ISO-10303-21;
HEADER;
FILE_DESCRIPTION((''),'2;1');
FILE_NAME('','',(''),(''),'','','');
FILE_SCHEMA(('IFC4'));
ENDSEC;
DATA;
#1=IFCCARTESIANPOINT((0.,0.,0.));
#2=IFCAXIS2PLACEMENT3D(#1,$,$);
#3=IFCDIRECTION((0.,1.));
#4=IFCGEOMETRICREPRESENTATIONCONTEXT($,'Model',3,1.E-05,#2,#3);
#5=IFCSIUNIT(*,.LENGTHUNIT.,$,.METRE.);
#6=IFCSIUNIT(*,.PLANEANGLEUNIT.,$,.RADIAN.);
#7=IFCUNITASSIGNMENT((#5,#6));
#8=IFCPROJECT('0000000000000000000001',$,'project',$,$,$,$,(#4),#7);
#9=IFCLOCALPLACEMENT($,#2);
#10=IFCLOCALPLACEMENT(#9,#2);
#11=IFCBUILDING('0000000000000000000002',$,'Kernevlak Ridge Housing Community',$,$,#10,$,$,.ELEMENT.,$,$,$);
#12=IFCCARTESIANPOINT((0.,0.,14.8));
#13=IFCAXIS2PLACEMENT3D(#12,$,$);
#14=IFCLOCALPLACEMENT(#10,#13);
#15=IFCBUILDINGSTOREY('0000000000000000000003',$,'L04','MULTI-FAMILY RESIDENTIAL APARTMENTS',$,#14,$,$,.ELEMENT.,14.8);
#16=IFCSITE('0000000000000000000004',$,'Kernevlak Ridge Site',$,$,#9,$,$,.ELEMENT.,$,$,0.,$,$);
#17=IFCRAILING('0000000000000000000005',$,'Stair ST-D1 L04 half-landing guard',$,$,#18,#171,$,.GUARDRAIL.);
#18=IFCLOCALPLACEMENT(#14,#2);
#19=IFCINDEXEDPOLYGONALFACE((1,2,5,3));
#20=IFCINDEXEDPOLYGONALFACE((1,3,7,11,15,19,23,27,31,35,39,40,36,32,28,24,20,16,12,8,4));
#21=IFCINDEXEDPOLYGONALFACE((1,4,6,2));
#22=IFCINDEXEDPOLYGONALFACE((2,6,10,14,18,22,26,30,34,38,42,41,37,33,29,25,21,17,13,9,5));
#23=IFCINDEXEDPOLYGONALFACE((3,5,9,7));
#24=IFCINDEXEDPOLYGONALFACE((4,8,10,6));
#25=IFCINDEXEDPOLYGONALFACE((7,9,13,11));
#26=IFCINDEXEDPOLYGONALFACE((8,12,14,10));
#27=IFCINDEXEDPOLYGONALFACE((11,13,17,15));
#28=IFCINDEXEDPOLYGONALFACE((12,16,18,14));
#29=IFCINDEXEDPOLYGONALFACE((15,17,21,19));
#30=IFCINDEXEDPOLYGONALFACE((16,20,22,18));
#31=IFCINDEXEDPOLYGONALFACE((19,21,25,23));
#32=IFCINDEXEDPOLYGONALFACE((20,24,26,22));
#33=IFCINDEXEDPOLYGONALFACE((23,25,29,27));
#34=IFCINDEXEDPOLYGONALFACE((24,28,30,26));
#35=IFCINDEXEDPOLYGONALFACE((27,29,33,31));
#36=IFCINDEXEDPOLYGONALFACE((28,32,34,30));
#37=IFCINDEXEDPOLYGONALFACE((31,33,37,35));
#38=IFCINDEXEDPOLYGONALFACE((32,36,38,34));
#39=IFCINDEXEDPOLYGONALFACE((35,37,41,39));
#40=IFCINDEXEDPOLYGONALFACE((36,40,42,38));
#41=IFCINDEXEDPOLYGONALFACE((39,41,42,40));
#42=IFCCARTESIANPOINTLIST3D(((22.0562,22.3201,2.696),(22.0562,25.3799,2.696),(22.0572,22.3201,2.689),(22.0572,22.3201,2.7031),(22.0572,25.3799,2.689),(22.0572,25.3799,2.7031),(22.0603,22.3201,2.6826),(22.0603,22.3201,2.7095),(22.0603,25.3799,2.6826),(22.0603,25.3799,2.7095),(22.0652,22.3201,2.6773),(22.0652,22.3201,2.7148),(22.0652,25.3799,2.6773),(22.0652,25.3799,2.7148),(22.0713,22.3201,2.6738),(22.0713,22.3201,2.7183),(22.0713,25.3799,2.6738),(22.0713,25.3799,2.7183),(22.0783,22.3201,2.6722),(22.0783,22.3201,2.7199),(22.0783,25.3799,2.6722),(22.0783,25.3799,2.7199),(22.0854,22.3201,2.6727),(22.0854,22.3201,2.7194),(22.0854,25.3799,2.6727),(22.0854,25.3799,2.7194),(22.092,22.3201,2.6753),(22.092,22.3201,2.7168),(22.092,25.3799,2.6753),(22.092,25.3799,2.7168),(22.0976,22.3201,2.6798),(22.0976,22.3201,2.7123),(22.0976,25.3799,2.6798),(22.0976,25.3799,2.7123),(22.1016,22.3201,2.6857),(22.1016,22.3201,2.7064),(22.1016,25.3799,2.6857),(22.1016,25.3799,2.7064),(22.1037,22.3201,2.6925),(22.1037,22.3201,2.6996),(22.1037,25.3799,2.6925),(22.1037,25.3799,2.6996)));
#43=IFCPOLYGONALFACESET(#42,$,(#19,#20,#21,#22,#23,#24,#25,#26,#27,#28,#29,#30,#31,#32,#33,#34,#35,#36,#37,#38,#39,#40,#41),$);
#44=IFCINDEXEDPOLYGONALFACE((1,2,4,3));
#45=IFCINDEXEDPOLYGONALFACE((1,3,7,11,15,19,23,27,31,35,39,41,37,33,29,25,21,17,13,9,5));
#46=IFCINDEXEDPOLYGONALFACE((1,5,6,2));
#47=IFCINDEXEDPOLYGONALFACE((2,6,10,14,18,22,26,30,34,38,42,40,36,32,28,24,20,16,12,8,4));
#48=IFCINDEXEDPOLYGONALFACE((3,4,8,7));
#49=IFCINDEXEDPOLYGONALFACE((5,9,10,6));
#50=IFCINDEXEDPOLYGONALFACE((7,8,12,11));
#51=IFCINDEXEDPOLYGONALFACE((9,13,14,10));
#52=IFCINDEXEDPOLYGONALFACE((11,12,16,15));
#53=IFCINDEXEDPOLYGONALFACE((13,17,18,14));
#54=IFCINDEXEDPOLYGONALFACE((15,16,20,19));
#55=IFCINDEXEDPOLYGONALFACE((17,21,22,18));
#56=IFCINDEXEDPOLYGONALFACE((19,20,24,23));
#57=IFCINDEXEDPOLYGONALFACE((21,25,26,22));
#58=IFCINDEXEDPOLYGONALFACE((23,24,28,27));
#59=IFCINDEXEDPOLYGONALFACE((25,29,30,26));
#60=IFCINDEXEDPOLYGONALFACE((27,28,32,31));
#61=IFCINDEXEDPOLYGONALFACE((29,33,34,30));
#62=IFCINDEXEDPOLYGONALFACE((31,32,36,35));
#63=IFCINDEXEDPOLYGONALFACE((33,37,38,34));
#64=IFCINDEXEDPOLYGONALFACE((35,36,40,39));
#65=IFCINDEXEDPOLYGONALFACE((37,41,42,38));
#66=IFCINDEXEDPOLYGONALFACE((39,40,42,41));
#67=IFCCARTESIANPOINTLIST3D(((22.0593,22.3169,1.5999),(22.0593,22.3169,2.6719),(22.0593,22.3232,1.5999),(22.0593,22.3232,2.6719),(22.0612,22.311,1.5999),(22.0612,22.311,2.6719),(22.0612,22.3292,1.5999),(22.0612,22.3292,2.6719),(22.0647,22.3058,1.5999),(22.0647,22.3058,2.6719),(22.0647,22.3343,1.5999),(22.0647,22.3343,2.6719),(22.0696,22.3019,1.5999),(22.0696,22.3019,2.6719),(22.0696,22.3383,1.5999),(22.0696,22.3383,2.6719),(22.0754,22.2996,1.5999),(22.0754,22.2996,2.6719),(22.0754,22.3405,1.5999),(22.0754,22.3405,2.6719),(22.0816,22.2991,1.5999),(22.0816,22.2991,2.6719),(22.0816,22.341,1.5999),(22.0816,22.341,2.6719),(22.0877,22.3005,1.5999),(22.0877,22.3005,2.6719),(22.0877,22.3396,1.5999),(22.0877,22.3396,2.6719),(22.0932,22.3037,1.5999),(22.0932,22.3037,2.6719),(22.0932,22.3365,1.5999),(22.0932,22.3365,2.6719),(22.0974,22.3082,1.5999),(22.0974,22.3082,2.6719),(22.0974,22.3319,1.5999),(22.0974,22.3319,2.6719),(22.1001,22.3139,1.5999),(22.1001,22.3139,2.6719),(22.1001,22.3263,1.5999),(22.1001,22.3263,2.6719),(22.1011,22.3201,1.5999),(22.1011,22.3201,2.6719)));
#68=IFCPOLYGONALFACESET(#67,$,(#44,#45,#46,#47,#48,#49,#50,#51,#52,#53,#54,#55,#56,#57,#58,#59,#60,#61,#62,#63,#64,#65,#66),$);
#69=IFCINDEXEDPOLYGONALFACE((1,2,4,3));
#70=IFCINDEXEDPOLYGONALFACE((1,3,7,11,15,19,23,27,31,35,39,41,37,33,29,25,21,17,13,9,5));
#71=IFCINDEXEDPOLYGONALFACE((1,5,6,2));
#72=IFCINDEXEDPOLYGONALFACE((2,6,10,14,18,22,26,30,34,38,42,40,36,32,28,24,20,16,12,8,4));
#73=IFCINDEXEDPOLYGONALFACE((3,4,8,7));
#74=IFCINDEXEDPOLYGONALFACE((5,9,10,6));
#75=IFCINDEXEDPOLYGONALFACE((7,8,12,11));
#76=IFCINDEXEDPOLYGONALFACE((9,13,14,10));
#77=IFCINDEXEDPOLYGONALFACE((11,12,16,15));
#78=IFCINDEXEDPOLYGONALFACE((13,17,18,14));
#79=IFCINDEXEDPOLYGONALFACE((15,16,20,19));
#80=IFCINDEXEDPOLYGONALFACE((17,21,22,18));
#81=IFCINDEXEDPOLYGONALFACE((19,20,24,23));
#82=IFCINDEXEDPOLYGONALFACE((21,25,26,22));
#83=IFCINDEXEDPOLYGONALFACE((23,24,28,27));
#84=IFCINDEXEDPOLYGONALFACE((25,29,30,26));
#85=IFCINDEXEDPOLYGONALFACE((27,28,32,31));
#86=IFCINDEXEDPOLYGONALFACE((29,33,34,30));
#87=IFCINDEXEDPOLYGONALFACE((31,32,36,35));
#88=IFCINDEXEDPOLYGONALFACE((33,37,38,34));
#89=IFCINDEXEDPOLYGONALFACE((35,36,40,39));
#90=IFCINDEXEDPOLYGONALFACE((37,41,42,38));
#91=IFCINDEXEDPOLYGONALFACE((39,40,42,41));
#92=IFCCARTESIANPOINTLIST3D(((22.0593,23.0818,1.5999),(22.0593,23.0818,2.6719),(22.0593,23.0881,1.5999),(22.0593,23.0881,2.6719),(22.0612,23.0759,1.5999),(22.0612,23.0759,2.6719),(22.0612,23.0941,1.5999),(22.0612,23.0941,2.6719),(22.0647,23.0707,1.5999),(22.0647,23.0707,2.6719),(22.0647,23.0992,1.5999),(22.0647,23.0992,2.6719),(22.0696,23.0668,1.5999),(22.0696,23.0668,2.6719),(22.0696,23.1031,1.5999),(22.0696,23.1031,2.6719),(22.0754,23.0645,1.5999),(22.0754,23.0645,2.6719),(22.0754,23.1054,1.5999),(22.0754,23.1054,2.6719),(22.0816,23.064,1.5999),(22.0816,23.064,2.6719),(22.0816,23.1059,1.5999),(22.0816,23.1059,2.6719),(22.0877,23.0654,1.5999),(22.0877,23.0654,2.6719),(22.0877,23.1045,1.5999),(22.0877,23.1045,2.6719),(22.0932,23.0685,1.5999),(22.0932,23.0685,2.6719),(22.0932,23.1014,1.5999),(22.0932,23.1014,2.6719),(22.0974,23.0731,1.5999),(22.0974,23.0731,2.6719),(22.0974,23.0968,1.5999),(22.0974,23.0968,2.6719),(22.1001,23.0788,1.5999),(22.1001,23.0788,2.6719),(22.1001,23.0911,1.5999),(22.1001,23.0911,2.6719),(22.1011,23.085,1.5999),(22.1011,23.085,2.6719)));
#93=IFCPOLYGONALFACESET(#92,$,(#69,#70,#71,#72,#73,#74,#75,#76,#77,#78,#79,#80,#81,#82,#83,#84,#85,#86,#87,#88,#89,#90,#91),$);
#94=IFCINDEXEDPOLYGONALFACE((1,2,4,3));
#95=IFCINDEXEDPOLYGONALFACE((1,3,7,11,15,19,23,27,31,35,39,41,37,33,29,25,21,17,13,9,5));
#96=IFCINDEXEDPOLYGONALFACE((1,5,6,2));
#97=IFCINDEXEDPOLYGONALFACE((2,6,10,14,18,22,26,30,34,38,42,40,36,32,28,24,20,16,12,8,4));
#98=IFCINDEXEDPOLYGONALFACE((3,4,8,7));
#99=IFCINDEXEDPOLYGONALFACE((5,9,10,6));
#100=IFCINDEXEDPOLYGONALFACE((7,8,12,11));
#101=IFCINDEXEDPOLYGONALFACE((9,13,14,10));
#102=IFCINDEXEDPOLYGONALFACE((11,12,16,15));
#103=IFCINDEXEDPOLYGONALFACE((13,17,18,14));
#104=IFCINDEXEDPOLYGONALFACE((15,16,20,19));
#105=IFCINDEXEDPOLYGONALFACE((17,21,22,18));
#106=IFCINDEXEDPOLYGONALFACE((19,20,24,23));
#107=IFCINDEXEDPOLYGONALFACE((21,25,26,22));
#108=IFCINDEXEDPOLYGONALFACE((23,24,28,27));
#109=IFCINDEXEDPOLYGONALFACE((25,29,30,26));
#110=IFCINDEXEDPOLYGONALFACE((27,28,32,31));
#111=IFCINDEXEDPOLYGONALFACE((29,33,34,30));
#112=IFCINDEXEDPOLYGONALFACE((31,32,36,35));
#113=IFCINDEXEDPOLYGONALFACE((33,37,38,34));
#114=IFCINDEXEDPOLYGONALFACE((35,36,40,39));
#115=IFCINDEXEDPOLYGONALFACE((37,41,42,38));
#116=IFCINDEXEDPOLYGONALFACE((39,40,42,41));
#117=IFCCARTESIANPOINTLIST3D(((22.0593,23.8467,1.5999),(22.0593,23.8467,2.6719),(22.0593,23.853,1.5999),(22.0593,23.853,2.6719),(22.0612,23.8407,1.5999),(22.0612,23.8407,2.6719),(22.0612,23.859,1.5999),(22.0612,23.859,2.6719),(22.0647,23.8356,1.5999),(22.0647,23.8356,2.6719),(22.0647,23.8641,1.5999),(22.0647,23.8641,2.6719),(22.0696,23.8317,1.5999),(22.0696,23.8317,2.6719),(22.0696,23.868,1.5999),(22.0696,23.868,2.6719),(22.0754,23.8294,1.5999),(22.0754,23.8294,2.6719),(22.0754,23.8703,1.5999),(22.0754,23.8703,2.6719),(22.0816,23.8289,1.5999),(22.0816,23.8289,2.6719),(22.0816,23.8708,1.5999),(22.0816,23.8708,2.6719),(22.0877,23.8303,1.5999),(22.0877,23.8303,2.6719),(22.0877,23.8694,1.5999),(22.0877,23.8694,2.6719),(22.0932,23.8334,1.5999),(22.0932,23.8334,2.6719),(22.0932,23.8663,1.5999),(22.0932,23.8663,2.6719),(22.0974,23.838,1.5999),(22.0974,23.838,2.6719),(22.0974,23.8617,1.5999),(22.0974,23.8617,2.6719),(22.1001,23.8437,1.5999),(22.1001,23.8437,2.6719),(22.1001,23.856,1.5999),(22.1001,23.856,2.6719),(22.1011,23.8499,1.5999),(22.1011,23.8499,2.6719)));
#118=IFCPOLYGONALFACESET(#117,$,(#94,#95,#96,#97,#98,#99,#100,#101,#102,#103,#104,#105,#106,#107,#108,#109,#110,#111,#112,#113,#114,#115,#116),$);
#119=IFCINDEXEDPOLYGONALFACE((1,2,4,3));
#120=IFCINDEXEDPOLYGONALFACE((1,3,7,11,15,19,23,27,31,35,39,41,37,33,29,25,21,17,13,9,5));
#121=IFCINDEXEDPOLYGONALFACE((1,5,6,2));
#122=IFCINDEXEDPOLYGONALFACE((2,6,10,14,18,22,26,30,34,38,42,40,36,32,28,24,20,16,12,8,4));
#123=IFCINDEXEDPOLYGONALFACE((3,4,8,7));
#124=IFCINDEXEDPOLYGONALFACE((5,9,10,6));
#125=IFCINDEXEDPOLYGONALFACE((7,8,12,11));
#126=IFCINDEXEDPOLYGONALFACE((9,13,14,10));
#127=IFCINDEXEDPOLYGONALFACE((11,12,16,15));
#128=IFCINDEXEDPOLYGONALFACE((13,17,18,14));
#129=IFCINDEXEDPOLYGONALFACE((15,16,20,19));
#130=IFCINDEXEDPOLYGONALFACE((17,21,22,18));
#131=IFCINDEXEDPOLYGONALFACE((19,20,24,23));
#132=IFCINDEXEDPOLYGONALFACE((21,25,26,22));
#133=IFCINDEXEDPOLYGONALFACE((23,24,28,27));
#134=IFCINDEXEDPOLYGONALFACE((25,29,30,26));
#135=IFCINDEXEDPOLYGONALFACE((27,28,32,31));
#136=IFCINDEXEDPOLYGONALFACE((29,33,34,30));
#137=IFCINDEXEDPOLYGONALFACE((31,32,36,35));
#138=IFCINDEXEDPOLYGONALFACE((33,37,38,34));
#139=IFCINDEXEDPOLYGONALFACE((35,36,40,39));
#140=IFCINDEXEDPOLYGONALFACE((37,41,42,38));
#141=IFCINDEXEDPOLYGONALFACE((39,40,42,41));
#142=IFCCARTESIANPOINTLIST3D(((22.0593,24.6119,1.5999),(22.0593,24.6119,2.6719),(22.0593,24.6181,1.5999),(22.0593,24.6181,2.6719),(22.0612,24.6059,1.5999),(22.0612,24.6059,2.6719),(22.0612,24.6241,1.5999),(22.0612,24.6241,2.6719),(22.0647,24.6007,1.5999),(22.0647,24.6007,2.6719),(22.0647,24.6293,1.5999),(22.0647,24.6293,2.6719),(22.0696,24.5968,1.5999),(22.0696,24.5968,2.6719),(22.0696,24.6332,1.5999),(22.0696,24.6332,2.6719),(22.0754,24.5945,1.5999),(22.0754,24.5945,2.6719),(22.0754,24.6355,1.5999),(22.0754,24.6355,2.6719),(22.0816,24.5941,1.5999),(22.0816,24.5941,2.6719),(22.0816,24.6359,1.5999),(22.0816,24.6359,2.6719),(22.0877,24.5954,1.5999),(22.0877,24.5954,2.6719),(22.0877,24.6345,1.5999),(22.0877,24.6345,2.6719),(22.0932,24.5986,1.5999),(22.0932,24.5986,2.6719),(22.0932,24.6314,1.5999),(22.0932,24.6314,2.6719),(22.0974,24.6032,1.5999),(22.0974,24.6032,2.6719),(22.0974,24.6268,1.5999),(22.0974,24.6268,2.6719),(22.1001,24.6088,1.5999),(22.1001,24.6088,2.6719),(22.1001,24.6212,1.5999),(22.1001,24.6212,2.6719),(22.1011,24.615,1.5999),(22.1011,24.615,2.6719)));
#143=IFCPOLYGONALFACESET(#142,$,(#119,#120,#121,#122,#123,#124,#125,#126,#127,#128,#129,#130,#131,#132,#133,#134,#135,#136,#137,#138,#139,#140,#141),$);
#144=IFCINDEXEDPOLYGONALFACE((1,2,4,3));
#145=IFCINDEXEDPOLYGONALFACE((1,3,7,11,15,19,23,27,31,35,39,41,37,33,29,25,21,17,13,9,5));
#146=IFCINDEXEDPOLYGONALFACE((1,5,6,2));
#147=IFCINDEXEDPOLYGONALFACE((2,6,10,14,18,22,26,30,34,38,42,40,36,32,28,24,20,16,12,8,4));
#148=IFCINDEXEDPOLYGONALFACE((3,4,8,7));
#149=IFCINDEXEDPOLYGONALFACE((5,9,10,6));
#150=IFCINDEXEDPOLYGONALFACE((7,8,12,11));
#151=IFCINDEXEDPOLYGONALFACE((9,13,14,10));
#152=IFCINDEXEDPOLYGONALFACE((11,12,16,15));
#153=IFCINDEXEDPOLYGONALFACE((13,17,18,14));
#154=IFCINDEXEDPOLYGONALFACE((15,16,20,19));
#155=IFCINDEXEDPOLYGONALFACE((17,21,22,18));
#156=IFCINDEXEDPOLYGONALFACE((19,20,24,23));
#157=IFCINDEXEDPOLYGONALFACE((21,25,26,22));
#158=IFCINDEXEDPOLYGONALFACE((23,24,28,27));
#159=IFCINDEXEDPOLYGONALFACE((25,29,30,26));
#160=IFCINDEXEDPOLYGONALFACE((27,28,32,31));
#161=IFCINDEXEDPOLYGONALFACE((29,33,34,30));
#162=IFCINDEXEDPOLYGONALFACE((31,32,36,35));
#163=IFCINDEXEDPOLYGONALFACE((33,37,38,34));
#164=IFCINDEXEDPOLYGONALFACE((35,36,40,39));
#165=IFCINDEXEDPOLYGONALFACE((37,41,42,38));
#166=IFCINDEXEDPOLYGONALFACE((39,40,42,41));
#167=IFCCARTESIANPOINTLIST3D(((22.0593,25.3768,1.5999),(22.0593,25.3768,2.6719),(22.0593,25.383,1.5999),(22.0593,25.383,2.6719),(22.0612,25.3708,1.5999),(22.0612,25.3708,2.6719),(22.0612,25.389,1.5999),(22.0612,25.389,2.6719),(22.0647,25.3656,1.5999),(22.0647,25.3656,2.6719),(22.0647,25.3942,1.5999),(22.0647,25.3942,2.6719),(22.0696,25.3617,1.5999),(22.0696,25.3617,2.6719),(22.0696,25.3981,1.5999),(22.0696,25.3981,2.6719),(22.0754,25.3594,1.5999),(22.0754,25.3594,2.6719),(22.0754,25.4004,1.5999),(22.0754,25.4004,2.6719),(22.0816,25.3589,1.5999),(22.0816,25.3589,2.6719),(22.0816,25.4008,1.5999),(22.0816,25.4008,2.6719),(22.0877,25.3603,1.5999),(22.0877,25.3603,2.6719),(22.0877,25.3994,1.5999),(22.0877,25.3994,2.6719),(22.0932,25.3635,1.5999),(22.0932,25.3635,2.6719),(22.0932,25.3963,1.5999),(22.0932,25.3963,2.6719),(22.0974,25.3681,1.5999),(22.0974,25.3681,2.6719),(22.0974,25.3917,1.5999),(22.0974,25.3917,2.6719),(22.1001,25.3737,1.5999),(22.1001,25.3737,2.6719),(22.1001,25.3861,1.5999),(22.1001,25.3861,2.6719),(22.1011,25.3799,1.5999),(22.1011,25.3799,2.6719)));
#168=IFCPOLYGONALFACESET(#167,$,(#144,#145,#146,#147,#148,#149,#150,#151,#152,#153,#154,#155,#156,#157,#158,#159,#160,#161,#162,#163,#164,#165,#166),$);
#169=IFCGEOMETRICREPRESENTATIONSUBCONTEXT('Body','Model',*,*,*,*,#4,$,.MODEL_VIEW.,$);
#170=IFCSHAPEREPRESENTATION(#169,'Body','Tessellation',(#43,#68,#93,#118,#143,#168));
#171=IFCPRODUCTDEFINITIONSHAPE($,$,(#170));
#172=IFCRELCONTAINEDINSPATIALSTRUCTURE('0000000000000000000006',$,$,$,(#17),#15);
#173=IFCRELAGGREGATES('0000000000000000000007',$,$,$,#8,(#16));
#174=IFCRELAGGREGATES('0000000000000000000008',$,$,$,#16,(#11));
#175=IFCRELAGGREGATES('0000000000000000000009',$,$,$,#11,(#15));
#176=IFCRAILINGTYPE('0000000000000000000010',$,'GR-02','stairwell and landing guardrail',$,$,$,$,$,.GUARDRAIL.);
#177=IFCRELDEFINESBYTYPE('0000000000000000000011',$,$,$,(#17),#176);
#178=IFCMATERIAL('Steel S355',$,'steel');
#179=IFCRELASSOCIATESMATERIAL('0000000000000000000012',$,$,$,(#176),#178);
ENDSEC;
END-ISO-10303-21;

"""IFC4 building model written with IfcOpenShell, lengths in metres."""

from ifc_helpers import new_model, si_unit, direction, frame, origin, origin_2d, place, context, subcontext, project, spatial, circle, extrude, material, type_object, element, save


model = new_model("IFC4")

# Units and contexts
model_context = context("Model", 3, precision=1e-05, world=origin(), true_north=direction((0.0, 1.0)))
body_context = subcontext(model_context, "Body", "Model", "MODEL_VIEW")
ifc_project = project(units=[si_unit("LENGTHUNIT", "METRE"), si_unit("PLANEANGLEUNIT", "RADIAN")], contexts=[model_context])

# Site, building, storey
site_placement = place(None, origin())
site = spatial("IfcSite", under=ifc_project, at=site_placement, Name="Kernevlak Ridge Site", CompositionType="ELEMENT", RefElevation=0.0)
building_placement = place(site_placement, origin())
building = spatial("IfcBuilding", under=site, at=building_placement, Name="Kernevlak Ridge Housing Community", CompositionType="ELEMENT")
storey_placement = place(building_placement, frame((0.0, 0.0, 14.8)))
storey = spatial("IfcBuildingStorey", under=building, at=storey_placement, Name="L04", Description="MULTI-FAMILY RESIDENTIAL APARTMENTS", CompositionType="ELEMENT", Elevation=14.8)

# Railing
ifc_material_1 = material(Name="Steel S355", Category="steel")
railing_type_1 = type_object("IfcRailingType", Name="GR-02", Description="stairwell and landing guardrail", PredefinedType="GUARDRAIL", material=ifc_material_1)
railing_1_placement = place(storey_placement, frame((22.0801, 22.3201, 1.5999)))
element("IfcRailing", 1, at=railing_1_placement, inside=storey, type_object=railing_type_1, Name="Stair ST-D1 L04 half-landing guard", PredefinedType="GUARDRAIL", context=body_context, shape_type="SweptSolid", body=[
    extrude(circle(Radius=0.0239, at=origin_2d()), frame((0.0, 0.0, 1.0962), z_axis=(0.0, 1.0, 0.0), x_axis=(-1.0, 0.0, 0.0)), (0.0, 0.0, 1.0), 3.0598),
    extrude(circle(Radius=0.021, at=origin_2d()), origin(), (0.0, 0.0, 1.0), 1.072),
    extrude(circle(Radius=0.021, at=origin_2d()), frame((0.0, 0.7649, 0.0)), (0.0, 0.0, 1.0), 1.072),
    extrude(circle(Radius=0.021, at=origin_2d()), frame((0.0, 1.5298, 0.0)), (0.0, 0.0, 1.0), 1.072),
    extrude(circle(Radius=0.021, at=origin_2d()), frame((0.0, 2.2949, 0.0)), (0.0, 0.0, 1.0), 1.072),
    extrude(circle(Radius=0.021, at=origin_2d()), frame((0.0, 3.0598, 0.0)), (0.0, 0.0, 1.0), 1.072),
])

save(model, "model.ifc")
